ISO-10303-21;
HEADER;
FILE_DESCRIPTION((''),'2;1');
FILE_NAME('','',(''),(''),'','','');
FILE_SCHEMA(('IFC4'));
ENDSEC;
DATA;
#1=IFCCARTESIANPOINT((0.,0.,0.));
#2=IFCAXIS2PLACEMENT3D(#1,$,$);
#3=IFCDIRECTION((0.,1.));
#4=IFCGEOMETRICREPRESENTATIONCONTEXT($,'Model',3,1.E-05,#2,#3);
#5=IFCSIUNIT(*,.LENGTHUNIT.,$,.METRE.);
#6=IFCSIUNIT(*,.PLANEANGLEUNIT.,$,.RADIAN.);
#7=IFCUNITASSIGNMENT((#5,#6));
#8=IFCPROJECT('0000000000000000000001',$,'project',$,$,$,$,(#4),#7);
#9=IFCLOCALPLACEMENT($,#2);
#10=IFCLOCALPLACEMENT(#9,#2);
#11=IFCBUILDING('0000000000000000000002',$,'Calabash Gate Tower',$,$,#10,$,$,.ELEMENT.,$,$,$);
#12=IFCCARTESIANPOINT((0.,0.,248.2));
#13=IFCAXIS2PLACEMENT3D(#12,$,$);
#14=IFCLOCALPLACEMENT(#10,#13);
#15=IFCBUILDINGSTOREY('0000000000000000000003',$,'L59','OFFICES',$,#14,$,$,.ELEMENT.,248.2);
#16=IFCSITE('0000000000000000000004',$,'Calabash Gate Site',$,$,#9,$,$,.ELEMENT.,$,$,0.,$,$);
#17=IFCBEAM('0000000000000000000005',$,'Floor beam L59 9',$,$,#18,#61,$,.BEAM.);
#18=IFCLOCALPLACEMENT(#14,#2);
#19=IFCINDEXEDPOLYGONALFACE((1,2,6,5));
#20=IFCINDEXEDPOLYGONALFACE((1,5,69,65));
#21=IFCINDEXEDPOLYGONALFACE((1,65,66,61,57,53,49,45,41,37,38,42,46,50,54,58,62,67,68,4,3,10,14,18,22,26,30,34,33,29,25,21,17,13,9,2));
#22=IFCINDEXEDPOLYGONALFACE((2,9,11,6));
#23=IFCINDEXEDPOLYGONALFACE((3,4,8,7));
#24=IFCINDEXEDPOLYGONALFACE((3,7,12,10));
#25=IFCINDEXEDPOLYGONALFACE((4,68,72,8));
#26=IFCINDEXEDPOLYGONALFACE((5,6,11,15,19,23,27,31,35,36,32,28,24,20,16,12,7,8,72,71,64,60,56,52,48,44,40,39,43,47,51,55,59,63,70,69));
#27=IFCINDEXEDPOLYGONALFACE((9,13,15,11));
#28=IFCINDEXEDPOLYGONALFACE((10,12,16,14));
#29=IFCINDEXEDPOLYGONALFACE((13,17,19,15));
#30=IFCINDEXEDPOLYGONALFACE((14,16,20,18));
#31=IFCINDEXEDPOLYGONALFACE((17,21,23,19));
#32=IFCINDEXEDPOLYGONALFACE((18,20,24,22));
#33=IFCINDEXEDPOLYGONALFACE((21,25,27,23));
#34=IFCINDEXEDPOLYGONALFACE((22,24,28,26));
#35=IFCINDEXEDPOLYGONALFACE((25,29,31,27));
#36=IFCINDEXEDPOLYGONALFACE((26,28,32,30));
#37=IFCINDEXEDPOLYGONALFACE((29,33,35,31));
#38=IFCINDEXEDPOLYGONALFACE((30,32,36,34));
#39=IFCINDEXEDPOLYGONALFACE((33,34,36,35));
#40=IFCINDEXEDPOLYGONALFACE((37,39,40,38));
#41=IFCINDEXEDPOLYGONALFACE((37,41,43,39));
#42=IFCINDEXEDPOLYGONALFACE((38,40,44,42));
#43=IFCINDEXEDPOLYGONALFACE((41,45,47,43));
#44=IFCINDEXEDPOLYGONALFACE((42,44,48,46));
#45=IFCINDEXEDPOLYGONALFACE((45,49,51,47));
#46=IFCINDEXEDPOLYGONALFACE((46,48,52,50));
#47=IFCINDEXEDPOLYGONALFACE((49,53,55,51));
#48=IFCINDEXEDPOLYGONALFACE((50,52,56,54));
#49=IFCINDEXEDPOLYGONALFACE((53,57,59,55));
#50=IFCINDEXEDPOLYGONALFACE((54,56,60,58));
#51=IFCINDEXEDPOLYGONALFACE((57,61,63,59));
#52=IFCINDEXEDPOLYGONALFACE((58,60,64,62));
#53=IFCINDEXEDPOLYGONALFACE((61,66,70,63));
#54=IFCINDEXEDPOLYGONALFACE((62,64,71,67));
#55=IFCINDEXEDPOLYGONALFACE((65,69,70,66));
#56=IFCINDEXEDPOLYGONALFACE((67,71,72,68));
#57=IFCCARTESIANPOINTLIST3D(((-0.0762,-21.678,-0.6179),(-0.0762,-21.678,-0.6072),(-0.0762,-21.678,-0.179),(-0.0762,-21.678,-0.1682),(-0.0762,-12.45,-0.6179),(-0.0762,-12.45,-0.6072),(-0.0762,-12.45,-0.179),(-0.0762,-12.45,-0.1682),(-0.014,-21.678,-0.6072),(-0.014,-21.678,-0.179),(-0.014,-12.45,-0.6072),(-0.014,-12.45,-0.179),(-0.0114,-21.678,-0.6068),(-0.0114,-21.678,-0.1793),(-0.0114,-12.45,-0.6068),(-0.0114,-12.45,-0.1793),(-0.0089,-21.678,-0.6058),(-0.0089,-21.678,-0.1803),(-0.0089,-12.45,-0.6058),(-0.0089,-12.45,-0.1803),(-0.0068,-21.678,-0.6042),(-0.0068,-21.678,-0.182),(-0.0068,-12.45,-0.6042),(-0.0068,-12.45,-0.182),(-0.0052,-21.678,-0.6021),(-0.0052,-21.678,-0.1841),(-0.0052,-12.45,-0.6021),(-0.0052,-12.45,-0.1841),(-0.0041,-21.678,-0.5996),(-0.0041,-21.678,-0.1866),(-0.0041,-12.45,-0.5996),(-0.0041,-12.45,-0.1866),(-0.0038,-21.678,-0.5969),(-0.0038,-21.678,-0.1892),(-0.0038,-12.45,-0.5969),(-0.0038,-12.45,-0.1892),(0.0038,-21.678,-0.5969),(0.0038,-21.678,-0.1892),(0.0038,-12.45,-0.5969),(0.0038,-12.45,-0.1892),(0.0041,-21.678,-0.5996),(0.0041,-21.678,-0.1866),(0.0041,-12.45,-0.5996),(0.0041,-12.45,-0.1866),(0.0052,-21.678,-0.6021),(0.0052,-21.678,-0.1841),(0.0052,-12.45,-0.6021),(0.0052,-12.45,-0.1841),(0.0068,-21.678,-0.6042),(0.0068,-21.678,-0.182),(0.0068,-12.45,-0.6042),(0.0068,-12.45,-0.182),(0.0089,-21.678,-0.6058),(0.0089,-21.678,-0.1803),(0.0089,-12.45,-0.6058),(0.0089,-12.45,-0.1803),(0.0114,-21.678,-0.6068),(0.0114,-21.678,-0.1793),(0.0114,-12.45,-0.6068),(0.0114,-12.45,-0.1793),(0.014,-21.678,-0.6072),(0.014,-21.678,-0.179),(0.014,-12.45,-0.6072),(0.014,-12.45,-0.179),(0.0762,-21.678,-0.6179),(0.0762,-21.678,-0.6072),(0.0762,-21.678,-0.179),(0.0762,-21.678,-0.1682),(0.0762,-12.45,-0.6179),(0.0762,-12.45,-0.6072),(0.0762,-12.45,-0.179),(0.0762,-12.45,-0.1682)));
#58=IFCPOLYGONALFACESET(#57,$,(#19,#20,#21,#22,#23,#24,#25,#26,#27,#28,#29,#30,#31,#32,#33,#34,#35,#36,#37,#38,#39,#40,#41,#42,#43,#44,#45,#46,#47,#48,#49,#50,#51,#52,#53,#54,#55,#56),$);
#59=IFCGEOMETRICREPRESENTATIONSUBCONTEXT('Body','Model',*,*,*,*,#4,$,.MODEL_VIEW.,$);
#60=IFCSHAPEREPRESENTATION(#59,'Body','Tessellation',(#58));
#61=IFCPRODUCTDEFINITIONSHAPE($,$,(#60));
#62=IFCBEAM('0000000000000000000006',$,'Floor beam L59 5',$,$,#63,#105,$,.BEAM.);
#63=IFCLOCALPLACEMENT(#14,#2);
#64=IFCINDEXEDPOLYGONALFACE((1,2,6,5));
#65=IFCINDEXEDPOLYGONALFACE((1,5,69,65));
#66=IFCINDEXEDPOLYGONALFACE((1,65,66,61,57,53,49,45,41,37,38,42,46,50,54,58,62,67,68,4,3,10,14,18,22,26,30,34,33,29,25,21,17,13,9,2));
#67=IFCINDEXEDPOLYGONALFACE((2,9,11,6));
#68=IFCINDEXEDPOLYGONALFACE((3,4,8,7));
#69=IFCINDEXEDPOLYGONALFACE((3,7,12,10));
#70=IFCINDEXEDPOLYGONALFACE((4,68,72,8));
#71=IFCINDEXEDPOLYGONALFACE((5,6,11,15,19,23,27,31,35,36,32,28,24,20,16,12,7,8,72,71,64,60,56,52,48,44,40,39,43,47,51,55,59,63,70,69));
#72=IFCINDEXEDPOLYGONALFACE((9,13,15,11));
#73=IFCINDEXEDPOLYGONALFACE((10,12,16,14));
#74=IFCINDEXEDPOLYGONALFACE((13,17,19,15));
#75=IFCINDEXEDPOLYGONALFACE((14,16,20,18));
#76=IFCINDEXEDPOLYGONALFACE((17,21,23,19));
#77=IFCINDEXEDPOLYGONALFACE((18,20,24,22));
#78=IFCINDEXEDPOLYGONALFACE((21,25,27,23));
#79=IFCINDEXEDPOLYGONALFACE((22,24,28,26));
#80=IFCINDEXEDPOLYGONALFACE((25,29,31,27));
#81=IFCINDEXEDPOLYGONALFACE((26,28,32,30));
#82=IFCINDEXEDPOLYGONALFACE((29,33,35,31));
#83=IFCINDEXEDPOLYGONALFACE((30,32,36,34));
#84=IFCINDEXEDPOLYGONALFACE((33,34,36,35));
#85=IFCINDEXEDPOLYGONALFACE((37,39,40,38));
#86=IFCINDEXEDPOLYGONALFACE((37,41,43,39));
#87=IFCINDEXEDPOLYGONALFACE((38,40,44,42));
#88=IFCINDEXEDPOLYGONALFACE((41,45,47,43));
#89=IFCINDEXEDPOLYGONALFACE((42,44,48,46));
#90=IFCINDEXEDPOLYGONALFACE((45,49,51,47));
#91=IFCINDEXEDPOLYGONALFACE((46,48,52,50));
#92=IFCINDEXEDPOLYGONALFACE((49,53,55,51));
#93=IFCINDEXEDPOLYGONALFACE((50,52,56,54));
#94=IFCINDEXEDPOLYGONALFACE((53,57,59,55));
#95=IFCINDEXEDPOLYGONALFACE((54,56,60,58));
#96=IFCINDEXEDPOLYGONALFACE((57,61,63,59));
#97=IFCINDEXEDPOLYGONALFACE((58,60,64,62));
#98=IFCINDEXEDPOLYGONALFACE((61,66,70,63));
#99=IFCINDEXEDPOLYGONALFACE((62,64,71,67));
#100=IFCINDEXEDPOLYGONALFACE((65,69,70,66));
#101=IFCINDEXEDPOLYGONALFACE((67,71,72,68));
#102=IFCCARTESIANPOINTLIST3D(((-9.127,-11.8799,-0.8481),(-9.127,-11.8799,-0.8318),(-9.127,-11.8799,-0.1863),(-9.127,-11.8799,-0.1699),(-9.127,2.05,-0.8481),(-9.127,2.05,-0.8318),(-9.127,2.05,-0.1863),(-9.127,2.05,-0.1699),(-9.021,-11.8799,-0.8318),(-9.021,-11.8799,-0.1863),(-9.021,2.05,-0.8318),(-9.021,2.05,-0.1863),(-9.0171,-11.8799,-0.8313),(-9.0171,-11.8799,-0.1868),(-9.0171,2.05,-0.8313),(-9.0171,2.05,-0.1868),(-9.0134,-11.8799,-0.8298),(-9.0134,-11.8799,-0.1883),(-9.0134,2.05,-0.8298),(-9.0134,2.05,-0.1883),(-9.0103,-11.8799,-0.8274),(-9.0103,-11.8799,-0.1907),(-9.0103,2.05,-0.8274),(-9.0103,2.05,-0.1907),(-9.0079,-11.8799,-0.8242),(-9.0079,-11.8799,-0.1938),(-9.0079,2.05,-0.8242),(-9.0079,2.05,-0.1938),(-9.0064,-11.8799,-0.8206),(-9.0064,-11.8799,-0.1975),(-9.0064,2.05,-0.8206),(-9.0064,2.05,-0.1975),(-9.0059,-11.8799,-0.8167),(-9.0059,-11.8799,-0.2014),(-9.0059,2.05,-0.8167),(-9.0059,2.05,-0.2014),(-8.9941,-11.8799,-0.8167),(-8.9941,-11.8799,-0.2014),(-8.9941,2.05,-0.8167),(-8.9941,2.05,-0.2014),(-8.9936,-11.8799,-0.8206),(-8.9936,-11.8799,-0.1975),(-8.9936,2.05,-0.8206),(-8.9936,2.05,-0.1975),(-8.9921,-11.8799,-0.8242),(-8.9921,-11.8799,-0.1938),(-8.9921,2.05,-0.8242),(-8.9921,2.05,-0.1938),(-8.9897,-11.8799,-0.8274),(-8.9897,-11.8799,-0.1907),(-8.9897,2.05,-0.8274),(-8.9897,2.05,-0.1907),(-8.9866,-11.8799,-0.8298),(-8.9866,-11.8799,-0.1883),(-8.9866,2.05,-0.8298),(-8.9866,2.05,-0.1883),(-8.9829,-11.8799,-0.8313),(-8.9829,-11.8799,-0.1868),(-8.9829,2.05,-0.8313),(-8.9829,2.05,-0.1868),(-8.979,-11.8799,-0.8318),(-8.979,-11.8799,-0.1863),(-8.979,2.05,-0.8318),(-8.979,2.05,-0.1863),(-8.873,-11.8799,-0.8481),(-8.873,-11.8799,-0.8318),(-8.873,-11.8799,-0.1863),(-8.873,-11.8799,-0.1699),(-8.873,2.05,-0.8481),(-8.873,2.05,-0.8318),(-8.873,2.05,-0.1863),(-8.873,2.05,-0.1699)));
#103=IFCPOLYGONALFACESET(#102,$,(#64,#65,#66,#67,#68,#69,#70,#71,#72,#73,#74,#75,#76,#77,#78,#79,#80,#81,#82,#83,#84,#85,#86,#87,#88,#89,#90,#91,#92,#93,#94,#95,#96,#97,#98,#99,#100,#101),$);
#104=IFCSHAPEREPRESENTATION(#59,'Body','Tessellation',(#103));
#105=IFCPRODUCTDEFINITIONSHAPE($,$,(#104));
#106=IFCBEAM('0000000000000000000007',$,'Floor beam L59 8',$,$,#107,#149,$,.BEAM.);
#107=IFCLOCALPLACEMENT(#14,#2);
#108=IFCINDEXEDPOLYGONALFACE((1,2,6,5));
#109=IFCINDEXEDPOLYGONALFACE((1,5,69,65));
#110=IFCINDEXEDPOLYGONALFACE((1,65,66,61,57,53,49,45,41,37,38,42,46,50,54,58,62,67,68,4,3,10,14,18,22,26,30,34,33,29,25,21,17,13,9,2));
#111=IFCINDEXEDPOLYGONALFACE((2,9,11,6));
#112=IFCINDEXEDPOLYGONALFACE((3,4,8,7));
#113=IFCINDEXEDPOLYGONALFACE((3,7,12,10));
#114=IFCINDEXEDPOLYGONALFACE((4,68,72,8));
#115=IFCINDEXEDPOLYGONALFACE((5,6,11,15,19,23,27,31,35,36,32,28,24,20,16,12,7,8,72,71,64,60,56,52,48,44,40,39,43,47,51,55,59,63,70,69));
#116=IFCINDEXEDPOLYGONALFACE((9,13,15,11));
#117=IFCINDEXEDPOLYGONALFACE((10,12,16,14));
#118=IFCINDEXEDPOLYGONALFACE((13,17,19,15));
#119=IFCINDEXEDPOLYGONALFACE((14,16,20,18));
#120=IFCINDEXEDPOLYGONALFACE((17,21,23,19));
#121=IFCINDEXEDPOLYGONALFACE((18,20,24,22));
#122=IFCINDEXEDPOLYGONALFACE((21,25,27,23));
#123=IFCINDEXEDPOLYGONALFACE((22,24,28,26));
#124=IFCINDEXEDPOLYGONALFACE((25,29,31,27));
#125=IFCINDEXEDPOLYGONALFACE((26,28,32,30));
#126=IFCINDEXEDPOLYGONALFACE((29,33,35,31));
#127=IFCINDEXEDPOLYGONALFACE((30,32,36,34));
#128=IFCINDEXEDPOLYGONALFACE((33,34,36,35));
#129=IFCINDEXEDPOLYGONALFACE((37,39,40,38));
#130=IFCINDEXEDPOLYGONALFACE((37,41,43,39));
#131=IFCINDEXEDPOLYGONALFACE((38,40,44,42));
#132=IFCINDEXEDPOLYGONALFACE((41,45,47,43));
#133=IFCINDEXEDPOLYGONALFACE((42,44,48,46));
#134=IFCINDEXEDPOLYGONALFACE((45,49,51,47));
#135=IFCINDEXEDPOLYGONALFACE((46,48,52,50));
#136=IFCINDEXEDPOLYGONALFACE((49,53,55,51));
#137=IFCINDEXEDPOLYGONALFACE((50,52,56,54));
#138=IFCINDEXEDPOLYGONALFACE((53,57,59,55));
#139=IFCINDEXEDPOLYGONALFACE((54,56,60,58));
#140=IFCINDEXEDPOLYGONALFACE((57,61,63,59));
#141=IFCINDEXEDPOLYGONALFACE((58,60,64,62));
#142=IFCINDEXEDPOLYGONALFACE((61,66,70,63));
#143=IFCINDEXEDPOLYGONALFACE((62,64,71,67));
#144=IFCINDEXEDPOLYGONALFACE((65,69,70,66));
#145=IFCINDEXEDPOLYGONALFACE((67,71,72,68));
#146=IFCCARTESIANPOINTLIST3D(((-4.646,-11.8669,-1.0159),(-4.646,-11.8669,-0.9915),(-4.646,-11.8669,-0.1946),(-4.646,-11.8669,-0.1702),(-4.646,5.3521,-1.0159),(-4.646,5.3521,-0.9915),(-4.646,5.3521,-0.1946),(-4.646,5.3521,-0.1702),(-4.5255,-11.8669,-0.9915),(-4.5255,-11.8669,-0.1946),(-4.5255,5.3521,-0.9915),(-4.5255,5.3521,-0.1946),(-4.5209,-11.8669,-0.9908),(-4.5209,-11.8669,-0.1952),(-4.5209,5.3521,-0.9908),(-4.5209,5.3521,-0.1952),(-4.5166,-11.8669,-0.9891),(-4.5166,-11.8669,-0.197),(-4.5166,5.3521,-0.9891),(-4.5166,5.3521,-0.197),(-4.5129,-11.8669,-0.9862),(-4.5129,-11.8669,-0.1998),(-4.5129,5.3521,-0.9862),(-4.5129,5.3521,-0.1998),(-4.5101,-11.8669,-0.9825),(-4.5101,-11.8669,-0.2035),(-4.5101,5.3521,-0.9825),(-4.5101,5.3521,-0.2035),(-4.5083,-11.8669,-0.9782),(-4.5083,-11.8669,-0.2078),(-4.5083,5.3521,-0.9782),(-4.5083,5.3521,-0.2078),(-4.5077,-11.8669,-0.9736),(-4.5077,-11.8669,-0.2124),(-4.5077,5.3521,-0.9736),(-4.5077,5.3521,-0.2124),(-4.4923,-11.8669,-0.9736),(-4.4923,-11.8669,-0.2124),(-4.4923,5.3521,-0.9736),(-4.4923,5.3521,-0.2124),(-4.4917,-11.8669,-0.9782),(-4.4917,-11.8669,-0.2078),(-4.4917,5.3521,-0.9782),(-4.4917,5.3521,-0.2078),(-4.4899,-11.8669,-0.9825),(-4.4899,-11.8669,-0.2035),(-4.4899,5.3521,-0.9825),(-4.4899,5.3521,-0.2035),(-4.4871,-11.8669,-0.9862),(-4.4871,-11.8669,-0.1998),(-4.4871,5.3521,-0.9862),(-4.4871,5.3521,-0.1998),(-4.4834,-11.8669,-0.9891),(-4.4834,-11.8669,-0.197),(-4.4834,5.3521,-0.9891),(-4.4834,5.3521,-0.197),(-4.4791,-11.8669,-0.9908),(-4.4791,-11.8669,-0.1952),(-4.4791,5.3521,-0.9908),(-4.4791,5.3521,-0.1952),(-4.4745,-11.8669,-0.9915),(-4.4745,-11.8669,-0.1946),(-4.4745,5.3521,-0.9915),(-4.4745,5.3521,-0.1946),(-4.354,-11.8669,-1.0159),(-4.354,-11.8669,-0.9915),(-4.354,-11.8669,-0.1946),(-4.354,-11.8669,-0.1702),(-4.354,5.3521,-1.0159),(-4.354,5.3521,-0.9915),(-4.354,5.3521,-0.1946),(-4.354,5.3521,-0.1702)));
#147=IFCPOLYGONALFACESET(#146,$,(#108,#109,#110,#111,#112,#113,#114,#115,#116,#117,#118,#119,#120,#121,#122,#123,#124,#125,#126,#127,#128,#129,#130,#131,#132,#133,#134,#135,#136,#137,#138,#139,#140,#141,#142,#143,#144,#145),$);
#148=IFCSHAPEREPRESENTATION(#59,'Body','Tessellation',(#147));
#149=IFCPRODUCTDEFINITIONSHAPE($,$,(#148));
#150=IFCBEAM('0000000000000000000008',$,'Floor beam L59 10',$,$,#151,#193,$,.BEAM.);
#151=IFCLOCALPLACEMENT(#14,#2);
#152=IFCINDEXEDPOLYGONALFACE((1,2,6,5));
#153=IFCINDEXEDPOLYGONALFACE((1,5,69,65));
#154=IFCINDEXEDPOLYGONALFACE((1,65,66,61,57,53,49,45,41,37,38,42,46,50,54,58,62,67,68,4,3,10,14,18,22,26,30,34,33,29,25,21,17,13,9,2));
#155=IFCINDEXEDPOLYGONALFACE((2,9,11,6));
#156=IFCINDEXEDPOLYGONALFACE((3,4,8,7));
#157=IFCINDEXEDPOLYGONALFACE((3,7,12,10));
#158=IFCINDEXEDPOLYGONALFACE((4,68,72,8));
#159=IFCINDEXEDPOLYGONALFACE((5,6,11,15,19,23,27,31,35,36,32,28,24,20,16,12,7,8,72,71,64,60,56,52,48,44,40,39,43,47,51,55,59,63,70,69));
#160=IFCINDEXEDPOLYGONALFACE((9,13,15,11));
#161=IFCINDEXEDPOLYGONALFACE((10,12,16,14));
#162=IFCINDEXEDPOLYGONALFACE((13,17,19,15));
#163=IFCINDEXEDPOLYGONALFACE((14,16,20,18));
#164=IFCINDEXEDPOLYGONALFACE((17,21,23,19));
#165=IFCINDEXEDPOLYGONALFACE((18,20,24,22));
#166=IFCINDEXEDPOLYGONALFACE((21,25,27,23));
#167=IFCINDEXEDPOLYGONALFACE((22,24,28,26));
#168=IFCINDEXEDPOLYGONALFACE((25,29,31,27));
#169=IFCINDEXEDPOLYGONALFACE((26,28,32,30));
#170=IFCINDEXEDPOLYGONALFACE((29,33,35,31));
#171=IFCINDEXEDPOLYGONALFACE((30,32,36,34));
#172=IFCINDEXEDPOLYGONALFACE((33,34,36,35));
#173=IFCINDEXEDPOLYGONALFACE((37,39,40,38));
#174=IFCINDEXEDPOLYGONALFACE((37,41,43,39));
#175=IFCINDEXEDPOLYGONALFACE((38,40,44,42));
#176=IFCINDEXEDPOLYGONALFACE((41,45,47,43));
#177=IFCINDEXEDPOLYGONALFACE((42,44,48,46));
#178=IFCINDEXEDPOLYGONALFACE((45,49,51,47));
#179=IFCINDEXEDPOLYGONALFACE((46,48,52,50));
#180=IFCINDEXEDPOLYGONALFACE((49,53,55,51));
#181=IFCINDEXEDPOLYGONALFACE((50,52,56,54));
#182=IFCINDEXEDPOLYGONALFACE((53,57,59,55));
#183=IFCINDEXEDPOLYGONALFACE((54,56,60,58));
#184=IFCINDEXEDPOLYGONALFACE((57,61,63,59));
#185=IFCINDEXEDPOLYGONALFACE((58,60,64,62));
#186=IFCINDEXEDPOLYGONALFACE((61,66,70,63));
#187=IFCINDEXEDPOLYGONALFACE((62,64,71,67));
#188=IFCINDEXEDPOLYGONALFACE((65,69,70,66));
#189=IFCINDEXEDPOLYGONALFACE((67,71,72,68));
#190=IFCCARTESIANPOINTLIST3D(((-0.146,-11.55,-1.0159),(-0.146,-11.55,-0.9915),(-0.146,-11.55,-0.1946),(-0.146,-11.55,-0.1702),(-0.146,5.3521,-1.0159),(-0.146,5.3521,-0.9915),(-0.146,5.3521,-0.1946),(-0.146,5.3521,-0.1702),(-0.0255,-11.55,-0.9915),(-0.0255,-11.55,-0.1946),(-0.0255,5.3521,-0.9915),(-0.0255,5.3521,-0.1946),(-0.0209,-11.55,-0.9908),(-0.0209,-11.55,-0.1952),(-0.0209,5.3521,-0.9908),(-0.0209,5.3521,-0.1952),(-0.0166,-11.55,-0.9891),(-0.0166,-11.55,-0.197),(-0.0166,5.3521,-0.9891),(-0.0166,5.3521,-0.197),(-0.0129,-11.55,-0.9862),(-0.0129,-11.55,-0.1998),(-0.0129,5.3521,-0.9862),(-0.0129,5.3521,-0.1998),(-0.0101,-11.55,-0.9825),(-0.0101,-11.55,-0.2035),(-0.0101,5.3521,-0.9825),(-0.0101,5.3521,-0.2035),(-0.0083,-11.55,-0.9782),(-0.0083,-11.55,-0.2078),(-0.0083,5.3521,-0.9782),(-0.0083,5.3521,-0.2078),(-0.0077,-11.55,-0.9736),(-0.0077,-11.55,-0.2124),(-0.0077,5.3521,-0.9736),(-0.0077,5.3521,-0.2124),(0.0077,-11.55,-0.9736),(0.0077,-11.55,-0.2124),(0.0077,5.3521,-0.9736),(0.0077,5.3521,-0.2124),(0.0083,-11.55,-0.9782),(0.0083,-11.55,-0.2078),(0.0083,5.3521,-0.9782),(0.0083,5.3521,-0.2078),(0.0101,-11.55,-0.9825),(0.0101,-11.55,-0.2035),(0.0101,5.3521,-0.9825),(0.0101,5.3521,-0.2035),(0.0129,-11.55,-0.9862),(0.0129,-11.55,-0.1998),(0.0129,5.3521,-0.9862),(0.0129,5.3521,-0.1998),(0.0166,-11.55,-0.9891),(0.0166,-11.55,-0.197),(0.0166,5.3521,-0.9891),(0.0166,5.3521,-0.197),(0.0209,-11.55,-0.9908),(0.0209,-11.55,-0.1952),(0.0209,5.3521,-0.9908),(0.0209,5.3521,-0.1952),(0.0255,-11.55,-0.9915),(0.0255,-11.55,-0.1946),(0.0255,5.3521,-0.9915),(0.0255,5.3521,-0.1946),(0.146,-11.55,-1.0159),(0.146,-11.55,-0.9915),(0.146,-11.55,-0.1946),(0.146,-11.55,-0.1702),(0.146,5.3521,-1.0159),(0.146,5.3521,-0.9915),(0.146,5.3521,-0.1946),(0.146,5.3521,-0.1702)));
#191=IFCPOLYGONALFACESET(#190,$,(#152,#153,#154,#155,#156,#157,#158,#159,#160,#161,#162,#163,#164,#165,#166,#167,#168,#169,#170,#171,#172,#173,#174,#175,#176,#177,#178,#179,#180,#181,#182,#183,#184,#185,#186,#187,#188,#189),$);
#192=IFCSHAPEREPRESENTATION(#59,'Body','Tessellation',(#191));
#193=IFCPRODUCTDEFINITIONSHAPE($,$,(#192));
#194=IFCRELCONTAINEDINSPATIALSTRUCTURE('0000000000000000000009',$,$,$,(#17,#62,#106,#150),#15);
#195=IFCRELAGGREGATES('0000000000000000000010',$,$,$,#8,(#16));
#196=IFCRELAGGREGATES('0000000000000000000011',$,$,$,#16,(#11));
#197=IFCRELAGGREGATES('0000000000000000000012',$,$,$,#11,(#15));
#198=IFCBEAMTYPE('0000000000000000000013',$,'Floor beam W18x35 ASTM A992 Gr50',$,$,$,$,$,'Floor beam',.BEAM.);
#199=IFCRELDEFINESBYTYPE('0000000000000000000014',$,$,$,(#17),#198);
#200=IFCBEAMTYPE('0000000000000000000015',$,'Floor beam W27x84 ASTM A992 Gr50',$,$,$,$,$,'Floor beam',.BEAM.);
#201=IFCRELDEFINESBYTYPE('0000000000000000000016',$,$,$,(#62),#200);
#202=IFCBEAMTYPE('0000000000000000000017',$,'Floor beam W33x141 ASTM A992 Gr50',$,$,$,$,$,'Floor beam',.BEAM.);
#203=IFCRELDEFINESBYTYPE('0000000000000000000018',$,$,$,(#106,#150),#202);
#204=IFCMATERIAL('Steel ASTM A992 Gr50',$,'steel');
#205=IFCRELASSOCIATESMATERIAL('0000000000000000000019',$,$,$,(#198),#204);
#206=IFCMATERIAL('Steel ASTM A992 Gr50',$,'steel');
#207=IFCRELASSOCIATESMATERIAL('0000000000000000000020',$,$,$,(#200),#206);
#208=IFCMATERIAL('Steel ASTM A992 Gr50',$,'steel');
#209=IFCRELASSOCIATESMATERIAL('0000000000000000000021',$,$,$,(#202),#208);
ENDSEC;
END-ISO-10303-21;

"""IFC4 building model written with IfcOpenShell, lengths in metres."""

from ifc_helpers import new_model, si_unit, direction, frame, origin, origin_2d, place, context, subcontext, project, spatial, i_section, extrude, material, material_profile, profile_set, type_object, element, save


model = new_model("IFC4")

# Units and contexts
model_context = context("Model", 3, precision=1e-05, world=origin(), true_north=direction((0.0, 1.0)))
body_context = subcontext(model_context, "Body", "Model", "MODEL_VIEW")
ifc_project = project(units=[si_unit("LENGTHUNIT", "METRE"), si_unit("PLANEANGLEUNIT", "RADIAN")], contexts=[model_context])

# Site, building, storey
site_placement = place(None, origin())
site = spatial("IfcSite", under=ifc_project, at=site_placement, Name="Calabash Gate Site", CompositionType="ELEMENT", RefElevation=0.0)
building_placement = place(site_placement, origin())
building = spatial("IfcBuilding", under=site, at=building_placement, Name="Calabash Gate Tower", CompositionType="ELEMENT")
storey_placement = place(building_placement, frame((0.0, 0.0, 248.2)))
storey = spatial("IfcBuildingStorey", under=building, at=storey_placement, Name="L59", Description="OFFICES", CompositionType="ELEMENT", Elevation=248.2)

# Beams
ifc_material_1 = material(Name="Steel ASTM A992 Gr50", Category="steel")
ifc_material_profile_1 = material_profile(ifc_material_1, i_section(OverallWidth=0.1523, OverallDepth=0.4497, WebThickness=0.0076, FlangeThickness=0.0107, FilletRadius=0.0103, at=origin_2d()))
ifc_profile_set_1 = profile_set([ifc_material_profile_1], Name="Steel ASTM A992 Gr50")
beam_type_1 = type_object("IfcBeamType", Name="Floor beam W18x35 ASTM A992 Gr50", ElementType="Floor beam", PredefinedType="BEAM", material=ifc_profile_set_1)
beam_1_placement = place(storey_placement, frame((0.0, -21.678, -0.3931), z_axis=(0.0, 1.0, 0.0), x_axis=(-1.0, 0.0, 0.0)))
element("IfcBeam", 1, at=beam_1_placement, inside=storey, type_object=beam_type_1, Name="Floor beam L59 9", PredefinedType="BEAM", context=body_context, shape_type="SweptSolid", body=[
    extrude(i_section(OverallWidth=0.1523, OverallDepth=0.4497, WebThickness=0.0076, FlangeThickness=0.0107, FilletRadius=0.0103, at=origin_2d()), origin(), (0.0, 0.0, 1.0), 9.228),
])
ifc_material_2 = material(Name="Steel ASTM A992 Gr50", Category="steel")
ifc_material_profile_2 = material_profile(ifc_material_2, i_section(OverallWidth=0.2539, OverallDepth=0.6782, WebThickness=0.0117, FlangeThickness=0.0164, FilletRadius=0.0151, at=origin_2d()))
ifc_profile_set_2 = profile_set([ifc_material_profile_2], Name="Steel ASTM A992 Gr50")
beam_type_2 = type_object("IfcBeamType", Name="Floor beam W27x84 ASTM A992 Gr50", ElementType="Floor beam", PredefinedType="BEAM", material=ifc_profile_set_2)
beam_2_placement = place(storey_placement, frame((-9.0, -11.8799, -0.509), z_axis=(0.0, 1.0, 0.0), x_axis=(-1.0, 0.0, 0.0)))
element("IfcBeam", 2, at=beam_2_placement, inside=storey, type_object=beam_type_2, Name="Floor beam L59 5", PredefinedType="BEAM", context=body_context, shape_type="SweptSolid", body=[
    extrude(i_section(OverallWidth=0.2539, OverallDepth=0.6782, WebThickness=0.0117, FlangeThickness=0.0164, FilletRadius=0.0151, at=origin_2d()), origin(), (0.0, 0.0, 1.0), 13.9299),
])
ifc_material_3 = material(Name="Steel ASTM A992 Gr50", Category="steel")
ifc_material_profile_3 = material_profile(ifc_material_3, i_section(OverallWidth=0.292, OverallDepth=0.8457, WebThickness=0.0154, FlangeThickness=0.0244, FilletRadius=0.0178, at=origin_2d()))
ifc_profile_set_3 = profile_set([ifc_material_profile_3], Name="Steel ASTM A992 Gr50")
beam_type_3 = type_object("IfcBeamType", Name="Floor beam W33x141 ASTM A992 Gr50", ElementType="Floor beam", PredefinedType="BEAM", material=ifc_profile_set_3)
beam_3_placement = place(storey_placement, frame((-4.5, -11.8669, -0.593), z_axis=(0.0, 1.0, 0.0), x_axis=(-1.0, 0.0, 0.0)))
element("IfcBeam", 3, at=beam_3_placement, inside=storey, type_object=beam_type_3, Name="Floor beam L59 8", PredefinedType="BEAM", context=body_context, shape_type="SweptSolid", body=[
    extrude(i_section(OverallWidth=0.292, OverallDepth=0.8457, WebThickness=0.0154, FlangeThickness=0.0244, FilletRadius=0.0178, at=origin_2d()), origin(), (0.0, 0.0, 1.0), 17.219),
])
beam_4_placement = place(storey_placement, frame((0.0, -11.55, -0.593), z_axis=(0.0, 1.0, 0.0), x_axis=(-1.0, 0.0, 0.0)))
element("IfcBeam", 4, at=beam_4_placement, inside=storey, type_object=beam_type_3, Name="Floor beam L59 10", PredefinedType="BEAM", context=body_context, shape_type="SweptSolid", body=[
    extrude(i_section(OverallWidth=0.292, OverallDepth=0.8457, WebThickness=0.0154, FlangeThickness=0.0244, FilletRadius=0.0178, at=origin_2d()), origin(), (0.0, 0.0, 1.0), 16.9021),
])

save(model, "model.ifc")
